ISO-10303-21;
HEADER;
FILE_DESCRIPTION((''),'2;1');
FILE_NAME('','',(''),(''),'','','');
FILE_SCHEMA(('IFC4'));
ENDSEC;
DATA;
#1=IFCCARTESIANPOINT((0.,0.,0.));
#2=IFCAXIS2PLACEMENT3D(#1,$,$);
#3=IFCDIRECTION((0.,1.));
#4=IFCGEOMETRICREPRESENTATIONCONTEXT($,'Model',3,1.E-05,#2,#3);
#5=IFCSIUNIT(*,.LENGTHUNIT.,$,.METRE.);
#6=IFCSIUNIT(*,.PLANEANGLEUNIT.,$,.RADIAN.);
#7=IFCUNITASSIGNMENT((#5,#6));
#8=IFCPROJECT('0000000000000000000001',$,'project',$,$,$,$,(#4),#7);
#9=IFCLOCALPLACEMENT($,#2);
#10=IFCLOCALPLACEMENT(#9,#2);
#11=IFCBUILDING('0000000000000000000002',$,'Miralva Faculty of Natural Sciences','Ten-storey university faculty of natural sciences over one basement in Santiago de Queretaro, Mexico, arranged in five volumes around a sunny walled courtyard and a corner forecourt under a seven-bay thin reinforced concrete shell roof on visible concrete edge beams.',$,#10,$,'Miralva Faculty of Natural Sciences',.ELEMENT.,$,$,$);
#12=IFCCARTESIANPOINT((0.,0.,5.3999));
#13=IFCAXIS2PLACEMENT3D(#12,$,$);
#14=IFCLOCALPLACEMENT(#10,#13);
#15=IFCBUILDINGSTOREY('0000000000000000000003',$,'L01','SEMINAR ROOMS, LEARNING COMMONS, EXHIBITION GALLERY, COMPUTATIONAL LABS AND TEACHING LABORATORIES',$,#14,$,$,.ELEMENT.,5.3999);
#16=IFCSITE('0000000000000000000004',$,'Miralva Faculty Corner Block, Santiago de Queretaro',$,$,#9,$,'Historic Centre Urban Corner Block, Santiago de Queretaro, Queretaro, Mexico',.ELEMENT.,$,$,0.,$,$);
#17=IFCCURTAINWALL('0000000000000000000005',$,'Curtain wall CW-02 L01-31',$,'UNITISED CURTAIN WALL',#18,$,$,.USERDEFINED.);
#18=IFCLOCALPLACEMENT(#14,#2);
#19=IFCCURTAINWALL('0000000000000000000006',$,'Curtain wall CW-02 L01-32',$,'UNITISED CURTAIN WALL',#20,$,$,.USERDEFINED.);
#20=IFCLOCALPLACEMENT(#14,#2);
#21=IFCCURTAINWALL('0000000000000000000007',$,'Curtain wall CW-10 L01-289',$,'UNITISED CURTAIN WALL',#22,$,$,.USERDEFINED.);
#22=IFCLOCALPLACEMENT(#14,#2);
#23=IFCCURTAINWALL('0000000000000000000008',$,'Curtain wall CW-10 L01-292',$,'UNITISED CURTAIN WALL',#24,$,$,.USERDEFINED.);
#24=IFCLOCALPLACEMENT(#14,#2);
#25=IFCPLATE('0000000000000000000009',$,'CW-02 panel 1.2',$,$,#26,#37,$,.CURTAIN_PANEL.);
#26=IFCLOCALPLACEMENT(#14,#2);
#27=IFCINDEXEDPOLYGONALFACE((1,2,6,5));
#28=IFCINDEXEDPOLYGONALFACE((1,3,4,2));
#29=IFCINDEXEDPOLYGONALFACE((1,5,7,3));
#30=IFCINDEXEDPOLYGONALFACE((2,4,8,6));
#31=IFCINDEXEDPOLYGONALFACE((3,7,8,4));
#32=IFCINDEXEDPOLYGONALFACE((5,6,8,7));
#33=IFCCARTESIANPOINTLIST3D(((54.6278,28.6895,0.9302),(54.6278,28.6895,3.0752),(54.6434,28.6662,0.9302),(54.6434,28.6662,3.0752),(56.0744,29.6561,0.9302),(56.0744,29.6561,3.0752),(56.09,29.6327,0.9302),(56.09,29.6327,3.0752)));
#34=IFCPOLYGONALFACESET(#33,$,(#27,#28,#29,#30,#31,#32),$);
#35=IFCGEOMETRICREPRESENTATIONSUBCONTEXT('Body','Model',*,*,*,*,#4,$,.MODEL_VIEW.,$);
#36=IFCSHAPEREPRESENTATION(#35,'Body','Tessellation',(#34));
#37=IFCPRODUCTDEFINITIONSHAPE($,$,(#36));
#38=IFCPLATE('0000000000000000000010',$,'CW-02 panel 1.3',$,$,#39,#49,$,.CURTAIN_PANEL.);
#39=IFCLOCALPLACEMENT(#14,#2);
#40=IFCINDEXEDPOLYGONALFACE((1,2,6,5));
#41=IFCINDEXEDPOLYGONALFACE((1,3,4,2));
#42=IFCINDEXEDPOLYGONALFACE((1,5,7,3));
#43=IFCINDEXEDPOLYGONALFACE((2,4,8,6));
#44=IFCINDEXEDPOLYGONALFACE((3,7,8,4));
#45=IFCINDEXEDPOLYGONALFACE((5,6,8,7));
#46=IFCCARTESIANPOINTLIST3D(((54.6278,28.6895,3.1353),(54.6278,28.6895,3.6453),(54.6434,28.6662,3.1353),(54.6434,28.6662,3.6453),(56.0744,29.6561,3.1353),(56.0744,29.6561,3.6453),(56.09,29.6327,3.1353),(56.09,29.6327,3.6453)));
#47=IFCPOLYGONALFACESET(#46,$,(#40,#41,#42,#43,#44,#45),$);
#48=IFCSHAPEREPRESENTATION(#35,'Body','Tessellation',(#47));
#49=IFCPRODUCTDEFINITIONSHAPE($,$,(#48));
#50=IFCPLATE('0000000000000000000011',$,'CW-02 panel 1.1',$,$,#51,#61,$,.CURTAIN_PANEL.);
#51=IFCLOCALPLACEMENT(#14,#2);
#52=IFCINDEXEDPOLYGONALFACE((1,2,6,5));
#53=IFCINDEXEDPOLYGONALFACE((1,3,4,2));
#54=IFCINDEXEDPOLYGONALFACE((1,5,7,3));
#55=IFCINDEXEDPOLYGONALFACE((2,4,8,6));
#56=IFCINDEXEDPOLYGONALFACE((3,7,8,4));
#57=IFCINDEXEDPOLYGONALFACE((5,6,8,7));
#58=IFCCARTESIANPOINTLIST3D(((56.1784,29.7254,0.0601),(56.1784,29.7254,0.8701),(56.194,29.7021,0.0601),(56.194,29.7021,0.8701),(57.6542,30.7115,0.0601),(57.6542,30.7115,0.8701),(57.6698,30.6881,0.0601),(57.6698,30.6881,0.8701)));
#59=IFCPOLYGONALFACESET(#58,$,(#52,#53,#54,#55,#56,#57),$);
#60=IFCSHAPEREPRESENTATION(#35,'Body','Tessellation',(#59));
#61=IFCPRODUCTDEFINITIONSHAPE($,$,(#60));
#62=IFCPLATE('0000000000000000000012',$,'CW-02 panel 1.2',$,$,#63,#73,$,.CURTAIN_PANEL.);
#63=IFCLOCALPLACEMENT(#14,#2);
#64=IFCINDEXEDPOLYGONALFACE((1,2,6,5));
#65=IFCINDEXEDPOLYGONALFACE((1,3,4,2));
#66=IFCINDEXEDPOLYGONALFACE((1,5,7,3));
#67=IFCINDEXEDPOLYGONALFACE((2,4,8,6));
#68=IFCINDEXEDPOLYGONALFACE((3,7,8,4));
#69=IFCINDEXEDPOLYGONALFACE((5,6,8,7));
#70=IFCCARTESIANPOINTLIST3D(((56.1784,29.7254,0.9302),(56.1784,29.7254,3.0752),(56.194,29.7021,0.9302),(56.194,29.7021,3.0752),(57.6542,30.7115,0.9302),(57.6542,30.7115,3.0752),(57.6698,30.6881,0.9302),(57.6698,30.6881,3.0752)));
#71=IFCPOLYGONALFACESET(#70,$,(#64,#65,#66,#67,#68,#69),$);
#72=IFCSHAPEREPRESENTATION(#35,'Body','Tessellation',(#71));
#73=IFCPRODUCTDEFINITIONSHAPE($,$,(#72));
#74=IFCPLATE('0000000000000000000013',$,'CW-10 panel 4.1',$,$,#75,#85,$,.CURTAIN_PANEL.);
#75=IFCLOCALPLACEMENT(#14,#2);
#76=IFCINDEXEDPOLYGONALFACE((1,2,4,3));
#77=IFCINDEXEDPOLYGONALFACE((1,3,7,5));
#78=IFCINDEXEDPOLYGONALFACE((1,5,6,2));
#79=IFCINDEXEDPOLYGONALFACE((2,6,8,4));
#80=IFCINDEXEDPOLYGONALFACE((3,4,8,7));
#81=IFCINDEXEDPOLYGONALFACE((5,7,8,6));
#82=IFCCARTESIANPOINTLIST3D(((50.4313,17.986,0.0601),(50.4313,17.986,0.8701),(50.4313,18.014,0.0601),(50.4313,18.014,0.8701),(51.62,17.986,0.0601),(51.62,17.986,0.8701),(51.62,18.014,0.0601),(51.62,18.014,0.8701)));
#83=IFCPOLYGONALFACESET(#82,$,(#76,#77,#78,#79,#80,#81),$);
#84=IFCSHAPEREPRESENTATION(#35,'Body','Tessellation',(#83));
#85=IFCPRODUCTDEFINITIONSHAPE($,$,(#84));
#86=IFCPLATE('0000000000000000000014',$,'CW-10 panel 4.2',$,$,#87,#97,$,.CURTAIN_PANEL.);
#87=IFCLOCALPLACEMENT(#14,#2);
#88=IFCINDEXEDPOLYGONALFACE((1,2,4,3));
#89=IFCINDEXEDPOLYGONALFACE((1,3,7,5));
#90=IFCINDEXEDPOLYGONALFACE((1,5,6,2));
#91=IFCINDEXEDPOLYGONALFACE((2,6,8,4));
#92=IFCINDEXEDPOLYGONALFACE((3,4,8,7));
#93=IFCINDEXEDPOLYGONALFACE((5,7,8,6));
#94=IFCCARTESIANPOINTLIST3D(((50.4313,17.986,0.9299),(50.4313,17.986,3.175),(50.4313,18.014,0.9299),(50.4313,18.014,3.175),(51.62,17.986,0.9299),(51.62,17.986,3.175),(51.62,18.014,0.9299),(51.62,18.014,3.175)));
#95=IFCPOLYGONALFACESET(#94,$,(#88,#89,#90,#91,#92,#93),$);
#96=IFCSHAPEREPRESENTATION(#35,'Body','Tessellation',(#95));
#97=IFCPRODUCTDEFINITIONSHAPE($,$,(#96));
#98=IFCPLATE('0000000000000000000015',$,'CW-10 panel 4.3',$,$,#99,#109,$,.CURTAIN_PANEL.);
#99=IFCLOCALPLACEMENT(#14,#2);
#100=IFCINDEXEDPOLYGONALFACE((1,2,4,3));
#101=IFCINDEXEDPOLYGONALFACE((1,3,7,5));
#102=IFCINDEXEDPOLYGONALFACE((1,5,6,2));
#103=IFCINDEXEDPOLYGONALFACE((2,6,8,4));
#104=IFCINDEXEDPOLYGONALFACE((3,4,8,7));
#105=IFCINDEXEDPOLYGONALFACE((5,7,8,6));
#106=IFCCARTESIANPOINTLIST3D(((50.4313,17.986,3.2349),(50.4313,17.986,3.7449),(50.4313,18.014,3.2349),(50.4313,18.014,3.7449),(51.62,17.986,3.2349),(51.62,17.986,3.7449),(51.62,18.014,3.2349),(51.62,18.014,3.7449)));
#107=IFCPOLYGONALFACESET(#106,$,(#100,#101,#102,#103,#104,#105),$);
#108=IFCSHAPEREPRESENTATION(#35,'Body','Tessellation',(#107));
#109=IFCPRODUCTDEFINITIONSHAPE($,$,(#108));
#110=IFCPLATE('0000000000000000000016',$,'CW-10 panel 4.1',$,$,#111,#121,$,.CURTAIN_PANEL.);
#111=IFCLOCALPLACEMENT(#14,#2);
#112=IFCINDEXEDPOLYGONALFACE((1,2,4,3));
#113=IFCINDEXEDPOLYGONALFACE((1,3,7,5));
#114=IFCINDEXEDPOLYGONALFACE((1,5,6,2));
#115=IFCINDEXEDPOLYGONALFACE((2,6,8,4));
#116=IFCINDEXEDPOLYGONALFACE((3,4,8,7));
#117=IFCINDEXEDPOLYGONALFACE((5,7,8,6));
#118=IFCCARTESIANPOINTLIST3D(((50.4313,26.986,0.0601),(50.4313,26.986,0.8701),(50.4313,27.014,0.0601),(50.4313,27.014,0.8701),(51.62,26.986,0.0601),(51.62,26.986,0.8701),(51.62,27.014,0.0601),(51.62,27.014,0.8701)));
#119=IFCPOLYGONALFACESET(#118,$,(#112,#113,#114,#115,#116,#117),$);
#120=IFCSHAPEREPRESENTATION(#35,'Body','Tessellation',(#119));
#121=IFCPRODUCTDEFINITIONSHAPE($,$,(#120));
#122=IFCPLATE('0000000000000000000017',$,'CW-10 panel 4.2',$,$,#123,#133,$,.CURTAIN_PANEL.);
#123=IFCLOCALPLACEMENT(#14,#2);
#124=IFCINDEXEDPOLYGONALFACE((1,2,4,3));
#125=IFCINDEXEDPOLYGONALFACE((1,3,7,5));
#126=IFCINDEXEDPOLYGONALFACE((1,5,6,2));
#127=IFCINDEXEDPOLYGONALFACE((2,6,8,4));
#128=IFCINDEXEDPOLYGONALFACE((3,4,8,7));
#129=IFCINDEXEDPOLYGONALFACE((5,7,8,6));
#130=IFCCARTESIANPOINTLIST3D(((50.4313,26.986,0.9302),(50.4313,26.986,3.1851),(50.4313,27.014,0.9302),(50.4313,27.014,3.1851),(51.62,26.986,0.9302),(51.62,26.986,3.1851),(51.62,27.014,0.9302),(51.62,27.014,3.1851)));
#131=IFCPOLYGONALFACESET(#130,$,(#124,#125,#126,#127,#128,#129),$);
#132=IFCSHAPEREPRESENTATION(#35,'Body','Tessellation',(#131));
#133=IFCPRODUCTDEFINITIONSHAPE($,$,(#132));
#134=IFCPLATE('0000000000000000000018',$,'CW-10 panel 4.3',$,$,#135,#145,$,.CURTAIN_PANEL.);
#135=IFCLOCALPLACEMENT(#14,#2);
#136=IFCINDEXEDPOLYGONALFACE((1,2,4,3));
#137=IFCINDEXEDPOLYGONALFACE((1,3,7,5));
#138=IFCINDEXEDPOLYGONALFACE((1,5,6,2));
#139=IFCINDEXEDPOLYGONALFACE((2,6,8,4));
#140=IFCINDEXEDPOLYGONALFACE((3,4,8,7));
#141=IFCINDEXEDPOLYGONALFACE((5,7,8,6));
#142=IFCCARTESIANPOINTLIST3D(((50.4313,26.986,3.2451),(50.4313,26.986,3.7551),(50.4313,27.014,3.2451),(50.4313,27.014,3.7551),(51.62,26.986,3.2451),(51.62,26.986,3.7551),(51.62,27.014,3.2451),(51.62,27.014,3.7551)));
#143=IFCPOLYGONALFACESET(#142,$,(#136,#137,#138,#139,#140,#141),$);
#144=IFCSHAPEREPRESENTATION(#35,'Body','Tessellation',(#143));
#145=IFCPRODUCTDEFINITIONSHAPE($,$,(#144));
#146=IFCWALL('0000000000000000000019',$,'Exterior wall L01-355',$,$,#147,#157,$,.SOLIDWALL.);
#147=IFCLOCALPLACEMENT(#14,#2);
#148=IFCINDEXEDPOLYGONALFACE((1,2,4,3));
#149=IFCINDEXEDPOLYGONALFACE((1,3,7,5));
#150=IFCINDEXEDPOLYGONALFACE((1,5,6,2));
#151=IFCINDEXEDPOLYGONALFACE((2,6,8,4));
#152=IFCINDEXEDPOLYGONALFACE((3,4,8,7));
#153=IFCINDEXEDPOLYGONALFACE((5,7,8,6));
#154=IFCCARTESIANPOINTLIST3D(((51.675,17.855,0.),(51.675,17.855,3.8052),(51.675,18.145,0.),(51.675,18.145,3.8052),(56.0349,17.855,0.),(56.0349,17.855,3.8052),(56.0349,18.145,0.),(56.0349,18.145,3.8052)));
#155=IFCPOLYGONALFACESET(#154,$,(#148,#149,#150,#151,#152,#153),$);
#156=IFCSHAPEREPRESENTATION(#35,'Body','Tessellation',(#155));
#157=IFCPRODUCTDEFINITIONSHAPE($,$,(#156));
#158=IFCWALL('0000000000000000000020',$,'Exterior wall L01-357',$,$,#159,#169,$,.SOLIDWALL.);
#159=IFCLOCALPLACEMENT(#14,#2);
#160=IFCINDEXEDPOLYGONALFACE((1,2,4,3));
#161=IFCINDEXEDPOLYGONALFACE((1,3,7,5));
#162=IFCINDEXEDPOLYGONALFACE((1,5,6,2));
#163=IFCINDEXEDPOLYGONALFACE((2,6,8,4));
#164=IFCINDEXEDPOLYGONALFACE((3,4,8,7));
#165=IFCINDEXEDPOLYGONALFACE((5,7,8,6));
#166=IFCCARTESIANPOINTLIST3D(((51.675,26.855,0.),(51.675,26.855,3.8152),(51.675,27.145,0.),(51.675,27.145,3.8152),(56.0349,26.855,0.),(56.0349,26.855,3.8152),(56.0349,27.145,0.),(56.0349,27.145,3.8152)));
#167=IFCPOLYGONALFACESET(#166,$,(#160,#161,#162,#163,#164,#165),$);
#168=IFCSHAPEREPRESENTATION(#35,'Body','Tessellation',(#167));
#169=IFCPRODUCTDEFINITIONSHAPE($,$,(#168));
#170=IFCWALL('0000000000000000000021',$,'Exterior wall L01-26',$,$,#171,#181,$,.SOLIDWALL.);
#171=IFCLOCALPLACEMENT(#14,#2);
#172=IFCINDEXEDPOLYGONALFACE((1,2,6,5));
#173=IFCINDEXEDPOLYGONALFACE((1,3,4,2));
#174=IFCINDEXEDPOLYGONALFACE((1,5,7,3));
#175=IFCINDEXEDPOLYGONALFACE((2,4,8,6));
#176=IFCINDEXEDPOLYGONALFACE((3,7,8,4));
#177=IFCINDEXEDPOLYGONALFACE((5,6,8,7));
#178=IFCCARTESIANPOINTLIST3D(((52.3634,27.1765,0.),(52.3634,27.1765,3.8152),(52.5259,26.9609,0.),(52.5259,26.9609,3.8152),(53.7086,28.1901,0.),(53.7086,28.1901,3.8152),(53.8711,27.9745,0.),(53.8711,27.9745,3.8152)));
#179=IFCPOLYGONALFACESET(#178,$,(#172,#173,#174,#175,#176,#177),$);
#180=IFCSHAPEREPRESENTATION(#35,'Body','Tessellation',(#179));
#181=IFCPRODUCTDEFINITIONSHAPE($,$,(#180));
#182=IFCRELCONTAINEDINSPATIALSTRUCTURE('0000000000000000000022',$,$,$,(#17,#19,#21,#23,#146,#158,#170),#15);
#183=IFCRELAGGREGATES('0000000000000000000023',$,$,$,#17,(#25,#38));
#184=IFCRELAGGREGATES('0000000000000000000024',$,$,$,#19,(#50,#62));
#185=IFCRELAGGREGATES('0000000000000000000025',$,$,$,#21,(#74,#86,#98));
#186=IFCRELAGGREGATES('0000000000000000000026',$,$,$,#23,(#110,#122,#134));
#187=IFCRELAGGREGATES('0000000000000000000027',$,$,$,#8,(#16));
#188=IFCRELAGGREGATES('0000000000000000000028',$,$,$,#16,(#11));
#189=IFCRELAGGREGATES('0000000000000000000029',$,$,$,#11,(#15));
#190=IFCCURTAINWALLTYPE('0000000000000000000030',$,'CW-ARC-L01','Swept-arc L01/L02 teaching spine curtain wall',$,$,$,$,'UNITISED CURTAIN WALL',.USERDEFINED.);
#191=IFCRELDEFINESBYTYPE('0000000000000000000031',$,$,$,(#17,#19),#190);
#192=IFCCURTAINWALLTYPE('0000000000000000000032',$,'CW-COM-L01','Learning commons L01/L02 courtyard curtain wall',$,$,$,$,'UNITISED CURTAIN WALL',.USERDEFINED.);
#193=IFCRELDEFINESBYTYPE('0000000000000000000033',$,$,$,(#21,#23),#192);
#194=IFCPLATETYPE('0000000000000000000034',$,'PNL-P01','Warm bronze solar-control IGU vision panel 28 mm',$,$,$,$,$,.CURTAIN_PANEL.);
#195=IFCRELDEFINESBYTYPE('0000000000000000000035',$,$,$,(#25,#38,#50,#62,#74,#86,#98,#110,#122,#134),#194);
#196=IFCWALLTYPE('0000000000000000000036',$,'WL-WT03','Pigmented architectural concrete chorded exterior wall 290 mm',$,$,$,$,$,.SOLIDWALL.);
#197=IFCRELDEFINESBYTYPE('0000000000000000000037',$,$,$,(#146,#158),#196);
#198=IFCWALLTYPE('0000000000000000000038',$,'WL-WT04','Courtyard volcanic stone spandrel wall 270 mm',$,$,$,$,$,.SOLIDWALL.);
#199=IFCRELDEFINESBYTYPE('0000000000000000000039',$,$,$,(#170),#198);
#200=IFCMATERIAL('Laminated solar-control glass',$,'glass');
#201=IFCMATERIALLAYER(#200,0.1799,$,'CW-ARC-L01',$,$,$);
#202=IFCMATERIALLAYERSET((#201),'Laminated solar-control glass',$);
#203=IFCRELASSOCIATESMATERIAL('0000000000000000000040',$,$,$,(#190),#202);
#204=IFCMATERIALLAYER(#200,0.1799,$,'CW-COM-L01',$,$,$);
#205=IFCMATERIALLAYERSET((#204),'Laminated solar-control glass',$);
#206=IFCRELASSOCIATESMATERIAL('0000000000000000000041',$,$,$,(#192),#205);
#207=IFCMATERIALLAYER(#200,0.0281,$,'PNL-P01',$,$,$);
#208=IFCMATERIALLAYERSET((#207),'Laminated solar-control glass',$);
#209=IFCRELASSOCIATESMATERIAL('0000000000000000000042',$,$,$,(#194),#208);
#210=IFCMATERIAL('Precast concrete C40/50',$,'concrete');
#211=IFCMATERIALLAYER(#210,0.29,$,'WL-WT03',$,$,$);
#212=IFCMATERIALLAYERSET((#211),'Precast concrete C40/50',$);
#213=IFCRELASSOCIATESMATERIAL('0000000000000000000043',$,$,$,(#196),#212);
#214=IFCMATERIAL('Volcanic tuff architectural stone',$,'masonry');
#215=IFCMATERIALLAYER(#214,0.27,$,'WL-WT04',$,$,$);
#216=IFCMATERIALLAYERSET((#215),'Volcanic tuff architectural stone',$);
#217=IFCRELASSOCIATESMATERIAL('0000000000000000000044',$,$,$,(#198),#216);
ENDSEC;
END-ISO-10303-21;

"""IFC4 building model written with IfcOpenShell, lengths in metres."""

from ifc_helpers import new_model, si_unit, direction, frame, frame_2d, origin, origin_2d, place, context, subcontext, project, spatial, rectangle, extrude, material, layer, layer_set, type_object, element, aggregate, save


model = new_model("IFC4")

# Units and contexts
model_context = context("Model", 3, precision=1e-05, world=origin(), true_north=direction((0.0, 1.0)))
body_context = subcontext(model_context, "Body", "Model", "MODEL_VIEW")
ifc_project = project(units=[si_unit("LENGTHUNIT", "METRE"), si_unit("PLANEANGLEUNIT", "RADIAN")], contexts=[model_context])

# Site, building, storey
site_placement = place(None, origin())
site = spatial("IfcSite", under=ifc_project, at=site_placement, Name="Miralva Faculty Corner Block, Santiago de Queretaro", LongName="Historic Centre Urban Corner Block, Santiago de Queretaro, Queretaro, Mexico", CompositionType="ELEMENT", RefElevation=0.0)
building_placement = place(site_placement, origin())
building = spatial("IfcBuilding", under=site, at=building_placement, Name="Miralva Faculty of Natural Sciences", Description="Ten-storey university faculty of natural sciences over one basement in Santiago de Queretaro, Mexico, arranged in five volumes around a sunny walled courtyard and a corner forecourt under a seven-bay thin reinforced concrete shell roof on visible concrete edge beams.", LongName="Miralva Faculty of Natural Sciences", CompositionType="ELEMENT")
storey_placement = place(building_placement, frame((0.0, 0.0, 5.3999)))
storey = spatial("IfcBuildingStorey", under=building, at=storey_placement, Name="L01", Description="SEMINAR ROOMS, LEARNING COMMONS, EXHIBITION GALLERY, COMPUTATIONAL LABS AND TEACHING LABORATORIES", CompositionType="ELEMENT", Elevation=5.3999)

# Curtain wall
ifc_material_1 = material(Name="Laminated solar-control glass", Category="glass")
ifc_layer_1 = layer(ifc_material_1, 0.1799, Name="CW-ARC-L01")
ifc_layer_set_1 = layer_set([ifc_layer_1], Name="Laminated solar-control glass")
curtain_wall_type_1 = type_object("IfcCurtainWallType", Name="CW-ARC-L01", Description="Swept-arc L01/L02 teaching spine curtain wall", ElementType="UNITISED CURTAIN WALL", PredefinedType="USERDEFINED", material=ifc_layer_set_1)
curtain_wall_1_placement = place(storey_placement, origin())
curtain_wall_1 = element("IfcCurtainWall", 1, at=curtain_wall_1_placement, inside=storey, type_object=curtain_wall_type_1, Name="Curtain wall CW-02 L01-31", ObjectType="UNITISED CURTAIN WALL", PredefinedType="USERDEFINED")

# Curtain walls
curtain_wall_2_placement = place(storey_placement, origin())
curtain_wall_2 = element("IfcCurtainWall", 2, at=curtain_wall_2_placement, inside=storey, type_object=curtain_wall_type_1, Name="Curtain wall CW-02 L01-32", ObjectType="UNITISED CURTAIN WALL", PredefinedType="USERDEFINED")
ifc_layer_2 = layer(ifc_material_1, 0.1799, Name="CW-COM-L01")
ifc_layer_set_2 = layer_set([ifc_layer_2], Name="Laminated solar-control glass")
curtain_wall_type_2 = type_object("IfcCurtainWallType", Name="CW-COM-L01", Description="Learning commons L01/L02 courtyard curtain wall", ElementType="UNITISED CURTAIN WALL", PredefinedType="USERDEFINED", material=ifc_layer_set_2)
curtain_wall_3_placement = place(storey_placement, origin())
curtain_wall_3 = element("IfcCurtainWall", 3, at=curtain_wall_3_placement, inside=storey, type_object=curtain_wall_type_2, Name="Curtain wall CW-10 L01-289", ObjectType="UNITISED CURTAIN WALL", PredefinedType="USERDEFINED")
curtain_wall_4_placement = place(storey_placement, origin())
curtain_wall_4 = element("IfcCurtainWall", 4, at=curtain_wall_4_placement, inside=storey, type_object=curtain_wall_type_2, Name="Curtain wall CW-10 L01-292", ObjectType="UNITISED CURTAIN WALL", PredefinedType="USERDEFINED")

# Plates
ifc_layer_3 = layer(ifc_material_1, 0.0281, Name="PNL-P01")
ifc_layer_set_3 = layer_set([ifc_layer_3], Name="Laminated solar-control glass")
plate_type = type_object("IfcPlateType", Name="PNL-P01", Description="Warm bronze solar-control IGU vision panel 28 mm", PredefinedType="CURTAIN_PANEL", material=ifc_layer_set_3)
plate_1_placement = place(storey_placement, frame((55.3589, 29.1611, 0.9302), z_axis=(0.0, 0.0, 1.0), x_axis=(0.831474, 0.555564, 0.0)))
plate_1 = element("IfcPlate", 5, at=plate_1_placement, type_object=plate_type, Name="CW-02 panel 1.2", PredefinedType="CURTAIN_PANEL", context=body_context, shape_type="SweptSolid", body=[
    extrude(rectangle(XDim=1.7397, YDim=0.0281, at=origin_2d()), origin(), (0.0, 0.0, 1.0), 2.145),
])
plate_2_placement = place(storey_placement, frame((55.3589, 29.1611, 3.1353), z_axis=(0.0, 0.0, 1.0), x_axis=(0.831474, 0.555564, 0.0)))
plate_2 = element("IfcPlate", 6, at=plate_2_placement, type_object=plate_type, Name="CW-02 panel 1.3", PredefinedType="CURTAIN_PANEL", context=body_context, shape_type="SweptSolid", body=[
    extrude(rectangle(XDim=1.7397, YDim=0.0281, at=origin_2d()), origin(), (0.0, 0.0, 1.0), 0.51),
])
aggregate(curtain_wall_1, [plate_1, plate_2])
plate_3_placement = place(storey_placement, frame((56.9241, 30.2068, 0.0601), z_axis=(0.0, 0.0, 1.0), x_axis=(0.831476, 0.55556, 0.0)))
plate_3 = element("IfcPlate", 7, at=plate_3_placement, type_object=plate_type, Name="CW-02 panel 1.1", PredefinedType="CURTAIN_PANEL", context=body_context, shape_type="SweptSolid", body=[
    extrude(rectangle(XDim=1.7749, YDim=0.0281, at=origin_2d()), origin(), (0.0, 0.0, 1.0), 0.8101),
])
plate_4_placement = place(storey_placement, frame((56.9241, 30.2068, 0.9302), z_axis=(0.0, 0.0, 1.0), x_axis=(0.831476, 0.55556, 0.0)))
plate_4 = element("IfcPlate", 8, at=plate_4_placement, type_object=plate_type, Name="CW-02 panel 1.2", PredefinedType="CURTAIN_PANEL", context=body_context, shape_type="SweptSolid", body=[
    extrude(rectangle(XDim=1.7749, YDim=0.0281, at=origin_2d()), origin(), (0.0, 0.0, 1.0), 2.145),
])
aggregate(curtain_wall_2, [plate_3, plate_4])
plate_5_placement = place(storey_placement, frame((51.0256, 18.0, 0.0601), z_axis=(0.0, 0.0, 1.0), x_axis=(1.0, 0.0, 0.0)))
plate_5 = element("IfcPlate", 9, at=plate_5_placement, type_object=plate_type, Name="CW-10 panel 4.1", PredefinedType="CURTAIN_PANEL", context=body_context, shape_type="SweptSolid", body=[
    extrude(rectangle(XDim=1.1887, YDim=0.0281, at=origin_2d()), origin(), (0.0, 0.0, 1.0), 0.8101),
])
plate_6_placement = place(storey_placement, frame((51.0256, 18.0, 0.9299), z_axis=(0.0, 0.0, 1.0), x_axis=(1.0, 0.0, 0.0)))
plate_6 = element("IfcPlate", 10, at=plate_6_placement, type_object=plate_type, Name="CW-10 panel 4.2", PredefinedType="CURTAIN_PANEL", context=body_context, shape_type="SweptSolid", body=[
    extrude(rectangle(XDim=1.1887, YDim=0.0281, at=origin_2d()), origin(), (0.0, 0.0, 1.0), 2.2451),
])
plate_7_placement = place(storey_placement, frame((51.0256, 18.0, 3.2349), z_axis=(0.0, 0.0, 1.0), x_axis=(1.0, 0.0, 0.0)))
plate_7 = element("IfcPlate", 11, at=plate_7_placement, type_object=plate_type, Name="CW-10 panel 4.3", PredefinedType="CURTAIN_PANEL", context=body_context, shape_type="SweptSolid", body=[
    extrude(rectangle(XDim=1.1887, YDim=0.0281, at=origin_2d()), origin(), (0.0, 0.0, 1.0), 0.51),
])
aggregate(curtain_wall_3, [plate_5, plate_6, plate_7])
plate_8_placement = place(storey_placement, frame((51.0256, 27.0, 0.0601), z_axis=(0.0, 0.0, 1.0), x_axis=(1.0, 0.0, 0.0)))
plate_8 = element("IfcPlate", 12, at=plate_8_placement, type_object=plate_type, Name="CW-10 panel 4.1", PredefinedType="CURTAIN_PANEL", context=body_context, shape_type="SweptSolid", body=[
    extrude(rectangle(XDim=1.1887, YDim=0.0281, at=origin_2d()), origin(), (0.0, 0.0, 1.0), 0.8101),
])
plate_9_placement = place(storey_placement, frame((51.0256, 27.0, 0.9302), z_axis=(0.0, 0.0, 1.0), x_axis=(1.0, 0.0, 0.0)))
plate_9 = element("IfcPlate", 13, at=plate_9_placement, type_object=plate_type, Name="CW-10 panel 4.2", PredefinedType="CURTAIN_PANEL", context=body_context, shape_type="SweptSolid", body=[
    extrude(rectangle(XDim=1.1887, YDim=0.0281, at=origin_2d()), origin(), (0.0, 0.0, 1.0), 2.2549),
])
plate_10_placement = place(storey_placement, frame((51.0256, 27.0, 3.2451), z_axis=(0.0, 0.0, 1.0), x_axis=(1.0, 0.0, 0.0)))
plate_10 = element("IfcPlate", 14, at=plate_10_placement, type_object=plate_type, Name="CW-10 panel 4.3", PredefinedType="CURTAIN_PANEL", context=body_context, shape_type="SweptSolid", body=[
    extrude(rectangle(XDim=1.1887, YDim=0.0281, at=origin_2d()), origin(), (0.0, 0.0, 1.0), 0.51),
])
aggregate(curtain_wall_4, [plate_8, plate_9, plate_10])

# Walls
ifc_material_2 = material(Name="Precast concrete C40/50", Category="concrete")
ifc_layer_4 = layer(ifc_material_2, 0.29, Name="WL-WT03")
ifc_layer_set_4 = layer_set([ifc_layer_4], Name="Precast concrete C40/50")
wall_type_1 = type_object("IfcWallType", Name="WL-WT03", Description="Pigmented architectural concrete chorded exterior wall 290 mm", PredefinedType="SOLIDWALL", material=ifc_layer_set_4)
wall_1_placement = place(storey_placement, frame((51.675, 18.0, 0.0), z_axis=(0.0, 0.0, 1.0), x_axis=(1.0, 0.0, 0.0)))
element("IfcWall", 15, at=wall_1_placement, inside=storey, type_object=wall_type_1, Name="Exterior wall L01-355", PredefinedType="SOLIDWALL", context=body_context, shape_type="SweptSolid", body=[
    extrude(rectangle(XDim=4.3599, YDim=0.29, at=frame_2d((2.1799, 0.0))), origin(), (0.0, 0.0, 1.0), 3.8052),
])
wall_2_placement = place(storey_placement, frame((51.675, 27.0, 0.0), z_axis=(0.0, 0.0, 1.0), x_axis=(1.0, 0.0, 0.0)))
element("IfcWall", 16, at=wall_2_placement, inside=storey, type_object=wall_type_1, Name="Exterior wall L01-357", PredefinedType="SOLIDWALL", context=body_context, shape_type="SweptSolid", body=[
    extrude(rectangle(XDim=4.3599, YDim=0.29, at=frame_2d((2.1799, 0.0))), origin(), (0.0, 0.0, 1.0), 3.8152),
])
ifc_material_3 = material(Name="Volcanic tuff architectural stone", Category="masonry")
ifc_layer_5 = layer(ifc_material_3, 0.27, Name="WL-WT04")
ifc_layer_set_5 = layer_set([ifc_layer_5], Name="Volcanic tuff architectural stone")
wall_type_2 = type_object("IfcWallType", Name="WL-WT04", Description="Courtyard volcanic stone spandrel wall 270 mm", PredefinedType="SOLIDWALL", material=ifc_layer_set_5)
wall_3_placement = place(storey_placement, frame((52.4446, 27.0686, 0.0), z_axis=(0.0, 0.0, 1.0), x_axis=(0.798641, 0.601807, 0.0)))
element("IfcWall", 17, at=wall_3_placement, inside=storey, type_object=wall_type_2, Name="Exterior wall L01-26", PredefinedType="SOLIDWALL", context=body_context, shape_type="SweptSolid", body=[
    extrude(rectangle(XDim=1.6843, YDim=0.27, at=frame_2d((0.8423, 0.0))), origin(), (0.0, 0.0, 1.0), 3.8152),
])

save(model, "model.ifc")
